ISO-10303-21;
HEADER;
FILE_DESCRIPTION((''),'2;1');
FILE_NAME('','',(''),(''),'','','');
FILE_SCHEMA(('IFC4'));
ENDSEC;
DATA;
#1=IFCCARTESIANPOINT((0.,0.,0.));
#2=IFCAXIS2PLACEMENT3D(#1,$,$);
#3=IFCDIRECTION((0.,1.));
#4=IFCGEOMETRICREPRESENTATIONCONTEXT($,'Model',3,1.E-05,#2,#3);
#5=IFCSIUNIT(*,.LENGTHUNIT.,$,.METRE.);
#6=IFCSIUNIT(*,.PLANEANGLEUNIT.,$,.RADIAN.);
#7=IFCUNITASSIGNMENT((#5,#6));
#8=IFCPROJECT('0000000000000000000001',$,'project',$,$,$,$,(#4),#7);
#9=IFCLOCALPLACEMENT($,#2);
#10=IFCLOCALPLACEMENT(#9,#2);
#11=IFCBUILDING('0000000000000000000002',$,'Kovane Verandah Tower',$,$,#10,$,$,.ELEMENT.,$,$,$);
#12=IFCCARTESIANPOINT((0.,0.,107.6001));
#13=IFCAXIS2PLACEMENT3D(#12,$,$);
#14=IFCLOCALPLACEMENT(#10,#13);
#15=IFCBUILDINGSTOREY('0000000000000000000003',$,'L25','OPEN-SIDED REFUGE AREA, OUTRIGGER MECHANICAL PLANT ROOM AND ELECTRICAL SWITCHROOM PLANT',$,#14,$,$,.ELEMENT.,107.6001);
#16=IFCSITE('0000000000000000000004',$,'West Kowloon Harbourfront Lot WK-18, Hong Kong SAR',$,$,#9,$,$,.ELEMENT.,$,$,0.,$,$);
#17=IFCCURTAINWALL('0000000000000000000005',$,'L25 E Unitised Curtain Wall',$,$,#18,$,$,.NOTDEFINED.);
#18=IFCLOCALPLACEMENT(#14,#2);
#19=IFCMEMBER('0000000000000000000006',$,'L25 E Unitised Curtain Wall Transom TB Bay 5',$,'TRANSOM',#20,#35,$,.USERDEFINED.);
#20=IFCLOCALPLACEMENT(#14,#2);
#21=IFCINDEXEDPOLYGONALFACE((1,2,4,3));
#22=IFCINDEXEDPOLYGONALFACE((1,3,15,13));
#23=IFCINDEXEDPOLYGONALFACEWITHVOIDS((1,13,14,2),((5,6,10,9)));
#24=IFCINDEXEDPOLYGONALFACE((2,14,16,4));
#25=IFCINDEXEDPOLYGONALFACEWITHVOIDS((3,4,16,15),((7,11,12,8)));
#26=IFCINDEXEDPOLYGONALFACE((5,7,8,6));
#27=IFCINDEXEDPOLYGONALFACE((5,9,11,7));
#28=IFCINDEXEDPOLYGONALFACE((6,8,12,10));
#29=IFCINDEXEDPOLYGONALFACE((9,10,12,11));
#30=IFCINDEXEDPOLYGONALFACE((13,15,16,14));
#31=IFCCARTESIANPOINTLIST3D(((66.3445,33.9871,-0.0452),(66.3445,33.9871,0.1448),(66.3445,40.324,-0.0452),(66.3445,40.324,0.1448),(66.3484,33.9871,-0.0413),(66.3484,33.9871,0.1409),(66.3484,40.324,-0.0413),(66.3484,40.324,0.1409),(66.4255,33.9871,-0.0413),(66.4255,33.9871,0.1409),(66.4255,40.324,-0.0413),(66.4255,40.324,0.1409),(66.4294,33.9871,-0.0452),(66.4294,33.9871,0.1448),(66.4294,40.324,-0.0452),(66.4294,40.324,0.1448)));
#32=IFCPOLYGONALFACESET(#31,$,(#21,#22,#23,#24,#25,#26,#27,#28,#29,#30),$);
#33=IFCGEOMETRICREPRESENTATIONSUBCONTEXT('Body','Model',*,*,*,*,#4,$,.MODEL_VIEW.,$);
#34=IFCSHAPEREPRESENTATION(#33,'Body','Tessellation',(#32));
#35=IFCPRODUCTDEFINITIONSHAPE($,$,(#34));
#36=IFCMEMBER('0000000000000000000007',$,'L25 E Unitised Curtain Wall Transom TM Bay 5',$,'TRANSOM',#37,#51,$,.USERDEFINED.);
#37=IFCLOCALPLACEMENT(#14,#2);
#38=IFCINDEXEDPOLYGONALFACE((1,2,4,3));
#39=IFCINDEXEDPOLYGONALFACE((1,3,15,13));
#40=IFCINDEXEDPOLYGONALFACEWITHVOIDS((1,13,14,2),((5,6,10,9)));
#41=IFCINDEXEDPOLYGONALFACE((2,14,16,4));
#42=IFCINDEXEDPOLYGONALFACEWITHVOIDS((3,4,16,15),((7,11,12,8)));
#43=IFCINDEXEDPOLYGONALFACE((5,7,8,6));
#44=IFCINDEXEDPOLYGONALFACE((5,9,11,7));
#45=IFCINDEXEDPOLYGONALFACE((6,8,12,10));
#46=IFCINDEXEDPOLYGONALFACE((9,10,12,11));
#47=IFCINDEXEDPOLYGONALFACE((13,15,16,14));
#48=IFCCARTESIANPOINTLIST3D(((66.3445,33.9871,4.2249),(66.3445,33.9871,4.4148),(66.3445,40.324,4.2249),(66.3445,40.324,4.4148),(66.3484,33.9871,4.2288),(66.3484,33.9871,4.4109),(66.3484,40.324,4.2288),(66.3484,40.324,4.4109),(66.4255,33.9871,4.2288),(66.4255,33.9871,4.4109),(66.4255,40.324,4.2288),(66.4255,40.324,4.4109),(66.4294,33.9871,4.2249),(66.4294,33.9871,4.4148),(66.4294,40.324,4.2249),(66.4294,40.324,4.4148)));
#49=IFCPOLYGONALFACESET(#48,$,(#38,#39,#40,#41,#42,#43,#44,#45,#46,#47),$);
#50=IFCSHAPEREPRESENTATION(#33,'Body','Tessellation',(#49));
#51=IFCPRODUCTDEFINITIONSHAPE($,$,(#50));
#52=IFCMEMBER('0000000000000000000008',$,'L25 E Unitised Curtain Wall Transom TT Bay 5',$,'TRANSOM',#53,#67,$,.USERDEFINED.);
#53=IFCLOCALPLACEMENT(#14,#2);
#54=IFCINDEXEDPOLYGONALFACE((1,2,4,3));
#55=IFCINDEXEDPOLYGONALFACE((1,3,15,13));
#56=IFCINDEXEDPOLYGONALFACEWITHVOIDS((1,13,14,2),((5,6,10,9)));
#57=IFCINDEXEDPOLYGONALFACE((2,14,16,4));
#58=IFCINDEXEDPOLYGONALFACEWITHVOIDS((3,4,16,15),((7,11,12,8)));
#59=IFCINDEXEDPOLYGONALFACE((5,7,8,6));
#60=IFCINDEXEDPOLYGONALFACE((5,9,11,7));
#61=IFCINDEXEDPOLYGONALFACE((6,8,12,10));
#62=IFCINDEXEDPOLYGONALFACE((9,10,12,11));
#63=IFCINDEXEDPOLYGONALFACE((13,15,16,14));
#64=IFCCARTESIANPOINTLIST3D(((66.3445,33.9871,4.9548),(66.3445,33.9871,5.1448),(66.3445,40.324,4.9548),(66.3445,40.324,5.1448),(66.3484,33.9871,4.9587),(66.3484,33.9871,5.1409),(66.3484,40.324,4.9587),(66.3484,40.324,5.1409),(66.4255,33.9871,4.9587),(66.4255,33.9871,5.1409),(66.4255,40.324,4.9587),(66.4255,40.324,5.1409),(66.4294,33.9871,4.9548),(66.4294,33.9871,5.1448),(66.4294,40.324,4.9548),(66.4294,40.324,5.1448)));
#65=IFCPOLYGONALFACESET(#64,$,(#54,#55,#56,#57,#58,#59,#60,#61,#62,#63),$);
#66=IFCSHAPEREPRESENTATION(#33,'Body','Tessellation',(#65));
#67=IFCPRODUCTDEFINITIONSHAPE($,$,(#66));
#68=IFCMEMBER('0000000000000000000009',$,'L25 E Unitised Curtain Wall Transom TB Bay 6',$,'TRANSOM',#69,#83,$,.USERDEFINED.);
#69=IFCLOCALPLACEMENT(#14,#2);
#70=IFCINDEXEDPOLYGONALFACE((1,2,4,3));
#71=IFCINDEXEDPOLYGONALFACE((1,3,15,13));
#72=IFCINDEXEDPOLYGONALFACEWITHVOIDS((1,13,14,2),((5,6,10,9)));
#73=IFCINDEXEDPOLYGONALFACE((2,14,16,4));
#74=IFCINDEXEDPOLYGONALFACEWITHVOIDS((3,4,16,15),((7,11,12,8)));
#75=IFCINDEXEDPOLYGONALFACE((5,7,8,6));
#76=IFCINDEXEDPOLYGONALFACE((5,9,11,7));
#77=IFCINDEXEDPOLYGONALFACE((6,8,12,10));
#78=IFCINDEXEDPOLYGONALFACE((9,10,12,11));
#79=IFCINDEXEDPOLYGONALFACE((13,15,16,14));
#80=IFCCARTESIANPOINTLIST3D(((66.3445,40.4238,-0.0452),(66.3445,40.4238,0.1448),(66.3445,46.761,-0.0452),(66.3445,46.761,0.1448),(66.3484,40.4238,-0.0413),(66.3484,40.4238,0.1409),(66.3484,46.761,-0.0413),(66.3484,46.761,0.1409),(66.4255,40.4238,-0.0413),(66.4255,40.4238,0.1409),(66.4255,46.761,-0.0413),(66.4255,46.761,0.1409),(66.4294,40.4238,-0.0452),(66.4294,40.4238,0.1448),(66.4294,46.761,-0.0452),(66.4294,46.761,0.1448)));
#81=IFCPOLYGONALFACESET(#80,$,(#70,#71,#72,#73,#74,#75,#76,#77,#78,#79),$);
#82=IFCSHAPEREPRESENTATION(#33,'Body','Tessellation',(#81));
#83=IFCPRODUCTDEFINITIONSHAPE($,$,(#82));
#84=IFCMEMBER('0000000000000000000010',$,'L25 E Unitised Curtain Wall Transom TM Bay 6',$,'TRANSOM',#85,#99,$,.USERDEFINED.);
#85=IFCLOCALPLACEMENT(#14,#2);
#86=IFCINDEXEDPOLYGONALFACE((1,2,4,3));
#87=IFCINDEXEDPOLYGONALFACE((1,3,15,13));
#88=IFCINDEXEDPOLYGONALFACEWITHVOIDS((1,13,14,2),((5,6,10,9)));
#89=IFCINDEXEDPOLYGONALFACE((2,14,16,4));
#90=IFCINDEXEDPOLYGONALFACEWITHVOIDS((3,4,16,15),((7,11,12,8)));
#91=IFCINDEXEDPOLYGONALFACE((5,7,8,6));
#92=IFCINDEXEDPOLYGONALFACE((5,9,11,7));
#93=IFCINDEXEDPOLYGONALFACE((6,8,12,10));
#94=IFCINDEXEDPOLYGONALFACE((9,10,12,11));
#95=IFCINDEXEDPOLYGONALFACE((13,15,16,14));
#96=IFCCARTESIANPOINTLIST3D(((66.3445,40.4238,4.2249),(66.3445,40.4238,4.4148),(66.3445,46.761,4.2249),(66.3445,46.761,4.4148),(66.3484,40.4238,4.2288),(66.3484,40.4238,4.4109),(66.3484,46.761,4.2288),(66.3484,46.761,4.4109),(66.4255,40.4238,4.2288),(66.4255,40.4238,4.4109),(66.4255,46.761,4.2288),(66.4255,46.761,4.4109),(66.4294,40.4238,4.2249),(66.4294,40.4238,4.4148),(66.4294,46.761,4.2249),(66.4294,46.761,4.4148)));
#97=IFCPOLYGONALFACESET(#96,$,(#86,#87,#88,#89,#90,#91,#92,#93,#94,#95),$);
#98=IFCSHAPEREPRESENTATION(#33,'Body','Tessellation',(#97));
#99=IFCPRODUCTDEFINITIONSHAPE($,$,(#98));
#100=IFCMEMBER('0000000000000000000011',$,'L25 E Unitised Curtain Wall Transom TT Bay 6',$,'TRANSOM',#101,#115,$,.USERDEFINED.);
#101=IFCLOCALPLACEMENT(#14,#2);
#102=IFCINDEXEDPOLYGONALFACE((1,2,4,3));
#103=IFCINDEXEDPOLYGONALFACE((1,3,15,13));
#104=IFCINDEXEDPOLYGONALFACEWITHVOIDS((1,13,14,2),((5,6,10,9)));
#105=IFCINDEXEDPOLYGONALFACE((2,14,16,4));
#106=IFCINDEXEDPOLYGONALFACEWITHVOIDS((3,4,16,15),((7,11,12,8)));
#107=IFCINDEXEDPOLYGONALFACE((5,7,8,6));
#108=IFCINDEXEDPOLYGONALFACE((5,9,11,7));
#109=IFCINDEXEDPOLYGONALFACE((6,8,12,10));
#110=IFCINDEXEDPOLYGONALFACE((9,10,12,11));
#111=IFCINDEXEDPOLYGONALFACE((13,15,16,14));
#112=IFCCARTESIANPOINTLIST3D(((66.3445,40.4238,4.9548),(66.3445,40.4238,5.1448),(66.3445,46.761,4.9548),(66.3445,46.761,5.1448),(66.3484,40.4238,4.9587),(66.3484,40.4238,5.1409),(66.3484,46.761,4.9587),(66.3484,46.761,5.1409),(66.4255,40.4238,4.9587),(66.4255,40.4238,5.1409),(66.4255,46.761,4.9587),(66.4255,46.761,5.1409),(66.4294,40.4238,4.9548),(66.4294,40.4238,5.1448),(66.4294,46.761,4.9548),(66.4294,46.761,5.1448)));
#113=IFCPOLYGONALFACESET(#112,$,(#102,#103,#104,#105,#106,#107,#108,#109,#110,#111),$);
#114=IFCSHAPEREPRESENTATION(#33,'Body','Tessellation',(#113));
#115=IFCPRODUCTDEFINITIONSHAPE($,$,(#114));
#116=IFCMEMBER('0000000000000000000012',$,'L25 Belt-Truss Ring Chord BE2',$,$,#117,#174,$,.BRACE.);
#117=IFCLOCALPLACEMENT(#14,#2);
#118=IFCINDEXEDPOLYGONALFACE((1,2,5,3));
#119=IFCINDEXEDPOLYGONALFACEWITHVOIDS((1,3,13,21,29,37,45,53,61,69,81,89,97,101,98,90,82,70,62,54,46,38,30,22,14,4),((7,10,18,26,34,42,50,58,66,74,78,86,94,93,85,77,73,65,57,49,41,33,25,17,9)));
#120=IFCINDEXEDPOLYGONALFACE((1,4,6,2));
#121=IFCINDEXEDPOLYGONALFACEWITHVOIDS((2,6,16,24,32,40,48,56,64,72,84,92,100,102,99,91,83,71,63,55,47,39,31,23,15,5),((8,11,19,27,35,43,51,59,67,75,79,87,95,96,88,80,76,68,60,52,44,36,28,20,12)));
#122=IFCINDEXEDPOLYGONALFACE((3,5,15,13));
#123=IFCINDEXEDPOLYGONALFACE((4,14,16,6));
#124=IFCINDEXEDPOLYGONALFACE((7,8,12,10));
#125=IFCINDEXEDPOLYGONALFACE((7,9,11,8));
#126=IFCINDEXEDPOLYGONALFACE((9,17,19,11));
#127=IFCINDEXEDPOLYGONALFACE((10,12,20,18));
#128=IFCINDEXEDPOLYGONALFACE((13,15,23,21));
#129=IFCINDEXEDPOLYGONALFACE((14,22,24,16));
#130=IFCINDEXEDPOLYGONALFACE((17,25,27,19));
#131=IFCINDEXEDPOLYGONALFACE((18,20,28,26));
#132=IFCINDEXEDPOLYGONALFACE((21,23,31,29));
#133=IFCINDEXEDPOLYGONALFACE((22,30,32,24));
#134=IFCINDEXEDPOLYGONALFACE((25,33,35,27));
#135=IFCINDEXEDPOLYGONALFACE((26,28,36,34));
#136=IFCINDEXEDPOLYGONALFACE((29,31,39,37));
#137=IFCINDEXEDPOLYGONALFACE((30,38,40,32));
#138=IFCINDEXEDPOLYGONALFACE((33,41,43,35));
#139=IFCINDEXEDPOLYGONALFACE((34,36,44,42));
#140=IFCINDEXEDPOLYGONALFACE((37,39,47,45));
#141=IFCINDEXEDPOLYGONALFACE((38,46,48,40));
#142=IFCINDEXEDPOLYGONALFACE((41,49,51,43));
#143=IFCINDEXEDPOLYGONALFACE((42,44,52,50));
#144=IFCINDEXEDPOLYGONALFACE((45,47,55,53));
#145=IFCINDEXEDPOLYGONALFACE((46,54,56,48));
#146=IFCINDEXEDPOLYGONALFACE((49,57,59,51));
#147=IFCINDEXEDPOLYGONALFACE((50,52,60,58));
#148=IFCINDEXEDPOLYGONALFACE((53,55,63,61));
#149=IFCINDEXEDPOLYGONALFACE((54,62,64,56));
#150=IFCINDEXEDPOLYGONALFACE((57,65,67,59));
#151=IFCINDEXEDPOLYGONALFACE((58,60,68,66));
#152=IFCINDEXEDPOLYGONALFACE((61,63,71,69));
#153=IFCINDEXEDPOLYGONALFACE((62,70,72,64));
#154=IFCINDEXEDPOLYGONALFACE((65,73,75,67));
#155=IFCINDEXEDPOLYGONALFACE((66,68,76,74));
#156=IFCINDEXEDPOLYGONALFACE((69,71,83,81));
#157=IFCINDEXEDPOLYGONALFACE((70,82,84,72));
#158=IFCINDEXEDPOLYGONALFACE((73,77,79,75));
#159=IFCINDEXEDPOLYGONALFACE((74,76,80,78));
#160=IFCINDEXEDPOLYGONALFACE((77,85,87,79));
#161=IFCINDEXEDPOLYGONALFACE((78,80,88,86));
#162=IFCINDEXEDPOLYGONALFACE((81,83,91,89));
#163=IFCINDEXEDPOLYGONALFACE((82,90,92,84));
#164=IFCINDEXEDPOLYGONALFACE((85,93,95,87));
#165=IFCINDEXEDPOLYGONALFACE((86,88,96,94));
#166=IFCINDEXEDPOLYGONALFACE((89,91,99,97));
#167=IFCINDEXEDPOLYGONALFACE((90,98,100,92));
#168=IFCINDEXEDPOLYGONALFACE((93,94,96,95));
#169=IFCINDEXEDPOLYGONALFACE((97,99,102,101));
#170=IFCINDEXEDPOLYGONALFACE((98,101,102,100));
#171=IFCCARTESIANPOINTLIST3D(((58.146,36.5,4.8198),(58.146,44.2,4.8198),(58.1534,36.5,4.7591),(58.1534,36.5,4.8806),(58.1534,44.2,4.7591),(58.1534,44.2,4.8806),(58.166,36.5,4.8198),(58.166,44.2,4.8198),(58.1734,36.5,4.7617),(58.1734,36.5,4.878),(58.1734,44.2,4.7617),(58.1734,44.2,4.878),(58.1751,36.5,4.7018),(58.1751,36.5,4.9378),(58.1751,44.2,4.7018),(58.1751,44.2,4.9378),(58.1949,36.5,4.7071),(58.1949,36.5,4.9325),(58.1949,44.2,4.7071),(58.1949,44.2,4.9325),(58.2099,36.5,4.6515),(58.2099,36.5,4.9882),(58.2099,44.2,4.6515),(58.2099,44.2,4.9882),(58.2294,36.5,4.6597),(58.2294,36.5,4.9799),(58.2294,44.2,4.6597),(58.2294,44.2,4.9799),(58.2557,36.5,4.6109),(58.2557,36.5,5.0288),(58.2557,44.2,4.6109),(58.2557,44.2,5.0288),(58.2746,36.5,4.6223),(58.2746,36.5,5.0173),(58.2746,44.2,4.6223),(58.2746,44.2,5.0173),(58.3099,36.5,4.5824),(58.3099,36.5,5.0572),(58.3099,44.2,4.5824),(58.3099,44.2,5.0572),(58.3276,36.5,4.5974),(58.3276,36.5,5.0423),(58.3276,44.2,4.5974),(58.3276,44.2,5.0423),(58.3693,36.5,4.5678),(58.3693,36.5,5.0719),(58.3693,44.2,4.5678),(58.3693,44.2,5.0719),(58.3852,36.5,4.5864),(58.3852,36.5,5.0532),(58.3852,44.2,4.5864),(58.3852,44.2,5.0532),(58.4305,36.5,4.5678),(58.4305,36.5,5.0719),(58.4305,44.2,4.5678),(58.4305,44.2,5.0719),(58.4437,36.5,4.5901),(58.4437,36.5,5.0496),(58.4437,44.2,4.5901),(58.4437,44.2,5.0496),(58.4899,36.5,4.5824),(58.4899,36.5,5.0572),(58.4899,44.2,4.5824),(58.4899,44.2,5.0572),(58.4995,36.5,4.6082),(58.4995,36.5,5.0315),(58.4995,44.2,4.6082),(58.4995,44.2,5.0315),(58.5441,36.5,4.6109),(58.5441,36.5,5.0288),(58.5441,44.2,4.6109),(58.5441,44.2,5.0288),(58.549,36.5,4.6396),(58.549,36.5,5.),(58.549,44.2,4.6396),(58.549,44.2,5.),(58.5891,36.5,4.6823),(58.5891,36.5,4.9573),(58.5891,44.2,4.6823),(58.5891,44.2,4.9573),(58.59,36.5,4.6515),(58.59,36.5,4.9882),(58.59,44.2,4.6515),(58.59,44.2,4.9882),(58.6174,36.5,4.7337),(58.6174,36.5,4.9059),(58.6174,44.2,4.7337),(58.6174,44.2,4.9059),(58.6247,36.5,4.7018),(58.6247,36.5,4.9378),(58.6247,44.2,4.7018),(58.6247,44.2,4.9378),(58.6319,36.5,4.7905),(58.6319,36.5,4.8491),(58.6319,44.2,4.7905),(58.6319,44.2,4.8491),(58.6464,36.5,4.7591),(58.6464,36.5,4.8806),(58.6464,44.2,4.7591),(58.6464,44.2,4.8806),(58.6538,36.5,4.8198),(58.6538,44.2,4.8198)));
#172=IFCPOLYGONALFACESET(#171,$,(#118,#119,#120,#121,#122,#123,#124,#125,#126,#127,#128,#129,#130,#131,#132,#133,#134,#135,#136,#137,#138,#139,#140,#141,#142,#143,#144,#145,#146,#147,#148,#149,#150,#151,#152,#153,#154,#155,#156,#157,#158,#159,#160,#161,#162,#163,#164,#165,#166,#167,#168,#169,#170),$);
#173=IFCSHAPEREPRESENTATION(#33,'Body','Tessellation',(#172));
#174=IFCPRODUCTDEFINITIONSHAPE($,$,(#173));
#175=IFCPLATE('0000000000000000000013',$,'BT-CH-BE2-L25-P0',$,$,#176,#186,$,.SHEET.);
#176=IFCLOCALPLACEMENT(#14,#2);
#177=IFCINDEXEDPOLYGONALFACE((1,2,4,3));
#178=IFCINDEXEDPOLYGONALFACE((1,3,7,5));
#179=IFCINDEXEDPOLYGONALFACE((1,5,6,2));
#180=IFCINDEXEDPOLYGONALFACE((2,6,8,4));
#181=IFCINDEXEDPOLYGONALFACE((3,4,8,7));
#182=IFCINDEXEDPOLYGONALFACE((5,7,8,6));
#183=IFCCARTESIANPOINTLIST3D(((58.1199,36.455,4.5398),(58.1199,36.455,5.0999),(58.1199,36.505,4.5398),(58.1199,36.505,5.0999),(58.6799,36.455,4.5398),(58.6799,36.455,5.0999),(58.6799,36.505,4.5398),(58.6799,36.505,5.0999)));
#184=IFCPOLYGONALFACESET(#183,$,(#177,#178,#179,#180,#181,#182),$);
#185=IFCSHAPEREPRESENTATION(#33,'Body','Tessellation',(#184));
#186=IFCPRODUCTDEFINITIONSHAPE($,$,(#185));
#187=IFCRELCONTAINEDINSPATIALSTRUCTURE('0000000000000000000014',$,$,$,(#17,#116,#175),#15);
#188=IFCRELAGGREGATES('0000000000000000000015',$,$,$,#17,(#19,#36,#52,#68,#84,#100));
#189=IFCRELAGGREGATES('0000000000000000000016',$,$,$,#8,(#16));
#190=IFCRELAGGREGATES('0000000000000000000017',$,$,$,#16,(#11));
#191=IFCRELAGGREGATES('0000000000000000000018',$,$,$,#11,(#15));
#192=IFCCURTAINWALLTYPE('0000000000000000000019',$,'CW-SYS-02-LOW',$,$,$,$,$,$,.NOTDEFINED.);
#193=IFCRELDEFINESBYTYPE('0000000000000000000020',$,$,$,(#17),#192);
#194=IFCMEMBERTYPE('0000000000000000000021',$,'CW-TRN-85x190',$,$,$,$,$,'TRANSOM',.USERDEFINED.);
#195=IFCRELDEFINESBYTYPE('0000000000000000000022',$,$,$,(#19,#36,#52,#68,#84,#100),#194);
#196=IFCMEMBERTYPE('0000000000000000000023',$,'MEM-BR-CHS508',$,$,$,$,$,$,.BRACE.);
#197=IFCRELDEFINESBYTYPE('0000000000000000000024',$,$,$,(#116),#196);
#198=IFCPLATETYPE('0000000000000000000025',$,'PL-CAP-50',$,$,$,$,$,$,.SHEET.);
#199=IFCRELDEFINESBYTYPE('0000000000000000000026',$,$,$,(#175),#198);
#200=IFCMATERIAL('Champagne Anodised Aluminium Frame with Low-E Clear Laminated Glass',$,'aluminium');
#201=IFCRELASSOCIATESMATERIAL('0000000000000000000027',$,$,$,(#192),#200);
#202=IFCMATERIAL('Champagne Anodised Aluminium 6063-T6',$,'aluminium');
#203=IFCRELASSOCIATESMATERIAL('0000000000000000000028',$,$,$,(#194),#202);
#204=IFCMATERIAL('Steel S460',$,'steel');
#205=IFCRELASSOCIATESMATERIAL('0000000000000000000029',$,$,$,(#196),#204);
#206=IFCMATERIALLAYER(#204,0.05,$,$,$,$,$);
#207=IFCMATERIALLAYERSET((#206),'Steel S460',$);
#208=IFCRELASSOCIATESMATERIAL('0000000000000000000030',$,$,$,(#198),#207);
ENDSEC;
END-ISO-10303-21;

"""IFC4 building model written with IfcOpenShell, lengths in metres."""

from ifc_helpers import new_model, si_unit, direction, frame, origin, origin_2d, place, context, subcontext, project, spatial, rectangle, hollow_rectangle, hollow_circle, extrude, material, layer, layer_set, material_profile, profile_set, type_object, element, aggregate, save


model = new_model("IFC4")

# Units and contexts
model_context = context("Model", 3, precision=1e-05, world=origin(), true_north=direction((0.0, 1.0)))
body_context = subcontext(model_context, "Body", "Model", "MODEL_VIEW")
ifc_project = project(units=[si_unit("LENGTHUNIT", "METRE"), si_unit("PLANEANGLEUNIT", "RADIAN")], contexts=[model_context])

# Site, building, storey
site_placement = place(None, origin())
site = spatial("IfcSite", under=ifc_project, at=site_placement, Name="West Kowloon Harbourfront Lot WK-18, Hong Kong SAR", CompositionType="ELEMENT", RefElevation=0.0)
building_placement = place(site_placement, origin())
building = spatial("IfcBuilding", under=site, at=building_placement, Name="Kovane Verandah Tower", CompositionType="ELEMENT")
storey_placement = place(building_placement, frame((0.0, 0.0, 107.6001)))
storey = spatial("IfcBuildingStorey", under=building, at=storey_placement, Name="L25", Description="OPEN-SIDED REFUGE AREA, OUTRIGGER MECHANICAL PLANT ROOM AND ELECTRICAL SWITCHROOM PLANT", CompositionType="ELEMENT", Elevation=107.6001)

# Shared definitions
ifc_material_1 = material(Name="Steel S460", Category="steel")

# Curtain wall, members
ifc_material_2 = material(Name="Champagne Anodised Aluminium Frame with Low-E Clear Laminated Glass", Category="aluminium")
curtain_wall_type = type_object("IfcCurtainWallType", Name="CW-SYS-02-LOW", PredefinedType="NOTDEFINED", material=ifc_material_2)
curtain_wall_placement = place(storey_placement, origin())
curtain_wall = element("IfcCurtainWall", 1, at=curtain_wall_placement, inside=storey, type_object=curtain_wall_type, Name="L25 E Unitised Curtain Wall", PredefinedType="NOTDEFINED")
ifc_material_3 = material(Name="Champagne Anodised Aluminium 6063-T6", Category="aluminium")
ifc_material_profile_1 = material_profile(ifc_material_3, hollow_rectangle(XDim=0.085, YDim=0.1899, WallThickness=0.0039, at=origin_2d()), Name="AL85x190x4")
ifc_profile_set_1 = profile_set([ifc_material_profile_1], Name="Champagne Anodised Aluminium 6063-T6")
member_type_1 = type_object("IfcMemberType", Name="CW-TRN-85x190", ElementType="TRANSOM", PredefinedType="USERDEFINED", material=ifc_profile_set_1)
member_1_placement = place(storey_placement, frame((66.387, 33.9871, 0.0498), z_axis=(0.0, 1.0, 0.0), x_axis=(-1.0, 0.0, 0.0)))
member_1 = element("IfcMember", 2, at=member_1_placement, type_object=member_type_1, Name="L25 E Unitised Curtain Wall Transom TB Bay 5", ObjectType="TRANSOM", PredefinedType="USERDEFINED", context=body_context, shape_type="SweptSolid", body=[
    extrude(hollow_rectangle(XDim=0.085, YDim=0.1899, WallThickness=0.0039, at=origin_2d()), origin(), (0.0, 0.0, 1.0), 6.3369),
])
member_2_placement = place(storey_placement, frame((66.387, 33.9871, 4.3198), z_axis=(0.0, 1.0, 0.0), x_axis=(-1.0, 0.0, 0.0)))
member_2 = element("IfcMember", 3, at=member_2_placement, type_object=member_type_1, Name="L25 E Unitised Curtain Wall Transom TM Bay 5", ObjectType="TRANSOM", PredefinedType="USERDEFINED", context=body_context, shape_type="SweptSolid", body=[
    extrude(hollow_rectangle(XDim=0.085, YDim=0.1899, WallThickness=0.0039, at=origin_2d()), origin(), (0.0, 0.0, 1.0), 6.3369),
])
member_3_placement = place(storey_placement, frame((66.387, 33.9871, 5.0498), z_axis=(0.0, 1.0, 0.0), x_axis=(-1.0, 0.0, 0.0)))
member_3 = element("IfcMember", 4, at=member_3_placement, type_object=member_type_1, Name="L25 E Unitised Curtain Wall Transom TT Bay 5", ObjectType="TRANSOM", PredefinedType="USERDEFINED", context=body_context, shape_type="SweptSolid", body=[
    extrude(hollow_rectangle(XDim=0.085, YDim=0.1899, WallThickness=0.0039, at=origin_2d()), origin(), (0.0, 0.0, 1.0), 6.3369),
])
member_4_placement = place(storey_placement, frame((66.387, 40.4238, 0.0498), z_axis=(0.0, 1.0, 0.0), x_axis=(-1.0, 0.0, 0.0)))
member_4 = element("IfcMember", 5, at=member_4_placement, type_object=member_type_1, Name="L25 E Unitised Curtain Wall Transom TB Bay 6", ObjectType="TRANSOM", PredefinedType="USERDEFINED", context=body_context, shape_type="SweptSolid", body=[
    extrude(hollow_rectangle(XDim=0.085, YDim=0.1899, WallThickness=0.0039, at=origin_2d()), origin(), (0.0, 0.0, 1.0), 6.3372),
])
member_5_placement = place(storey_placement, frame((66.387, 40.4238, 4.3198), z_axis=(0.0, 1.0, 0.0), x_axis=(-1.0, 0.0, 0.0)))
member_5 = element("IfcMember", 6, at=member_5_placement, type_object=member_type_1, Name="L25 E Unitised Curtain Wall Transom TM Bay 6", ObjectType="TRANSOM", PredefinedType="USERDEFINED", context=body_context, shape_type="SweptSolid", body=[
    extrude(hollow_rectangle(XDim=0.085, YDim=0.1899, WallThickness=0.0039, at=origin_2d()), origin(), (0.0, 0.0, 1.0), 6.3372),
])
member_6_placement = place(storey_placement, frame((66.387, 40.4238, 5.0498), z_axis=(0.0, 1.0, 0.0), x_axis=(-1.0, 0.0, 0.0)))
member_6 = element("IfcMember", 7, at=member_6_placement, type_object=member_type_1, Name="L25 E Unitised Curtain Wall Transom TT Bay 6", ObjectType="TRANSOM", PredefinedType="USERDEFINED", context=body_context, shape_type="SweptSolid", body=[
    extrude(hollow_rectangle(XDim=0.085, YDim=0.1899, WallThickness=0.0039, at=origin_2d()), origin(), (0.0, 0.0, 1.0), 6.3372),
])

# Member
ifc_material_profile_2 = material_profile(ifc_material_1, hollow_circle(Radius=0.2539, WallThickness=0.02, at=origin_2d()), Name="CHS508x20")
ifc_profile_set_2 = profile_set([ifc_material_profile_2], Name="Steel S460")
member_type_2 = type_object("IfcMemberType", Name="MEM-BR-CHS508", PredefinedType="BRACE", material=ifc_profile_set_2)
member_7_placement = place(storey_placement, frame((58.3999, 36.5, 4.8198), z_axis=(0.0, 1.0, 0.0), x_axis=(-1.0, 0.0, 0.0)))
element("IfcMember", 8, at=member_7_placement, inside=storey, type_object=member_type_2, Name="L25 Belt-Truss Ring Chord BE2", PredefinedType="BRACE", context=body_context, shape_type="SweptSolid", body=[
    extrude(hollow_circle(Radius=0.2539, WallThickness=0.02, at=origin_2d()), origin(), (0.0, 0.0, 1.0), 7.7),
])

# Plate
ifc_layer_1 = layer(ifc_material_1, 0.05)
ifc_layer_set_1 = layer_set([ifc_layer_1], Name="Steel S460")
plate_type_1 = type_object("IfcPlateType", Name="PL-CAP-50", PredefinedType="SHEET", material=ifc_layer_set_1)
plate_1_placement = place(storey_placement, frame((58.3999, 36.48, 4.5398), z_axis=(0.0, 0.0, 1.0), x_axis=(0.0, 1.0, 0.0)))
element("IfcPlate", 9, at=plate_1_placement, inside=storey, type_object=plate_type_1, Name="BT-CH-BE2-L25-P0", PredefinedType="SHEET", context=body_context, shape_type="SweptSolid", body=[
    extrude(rectangle(XDim=0.05, YDim=0.5601, at=origin_2d()), origin(), (0.0, 0.0, 1.0), 0.5601),
])
aggregate(curtain_wall, [member_1, member_2, member_3, member_4, member_5, member_6])

save(model, "model.ifc")
